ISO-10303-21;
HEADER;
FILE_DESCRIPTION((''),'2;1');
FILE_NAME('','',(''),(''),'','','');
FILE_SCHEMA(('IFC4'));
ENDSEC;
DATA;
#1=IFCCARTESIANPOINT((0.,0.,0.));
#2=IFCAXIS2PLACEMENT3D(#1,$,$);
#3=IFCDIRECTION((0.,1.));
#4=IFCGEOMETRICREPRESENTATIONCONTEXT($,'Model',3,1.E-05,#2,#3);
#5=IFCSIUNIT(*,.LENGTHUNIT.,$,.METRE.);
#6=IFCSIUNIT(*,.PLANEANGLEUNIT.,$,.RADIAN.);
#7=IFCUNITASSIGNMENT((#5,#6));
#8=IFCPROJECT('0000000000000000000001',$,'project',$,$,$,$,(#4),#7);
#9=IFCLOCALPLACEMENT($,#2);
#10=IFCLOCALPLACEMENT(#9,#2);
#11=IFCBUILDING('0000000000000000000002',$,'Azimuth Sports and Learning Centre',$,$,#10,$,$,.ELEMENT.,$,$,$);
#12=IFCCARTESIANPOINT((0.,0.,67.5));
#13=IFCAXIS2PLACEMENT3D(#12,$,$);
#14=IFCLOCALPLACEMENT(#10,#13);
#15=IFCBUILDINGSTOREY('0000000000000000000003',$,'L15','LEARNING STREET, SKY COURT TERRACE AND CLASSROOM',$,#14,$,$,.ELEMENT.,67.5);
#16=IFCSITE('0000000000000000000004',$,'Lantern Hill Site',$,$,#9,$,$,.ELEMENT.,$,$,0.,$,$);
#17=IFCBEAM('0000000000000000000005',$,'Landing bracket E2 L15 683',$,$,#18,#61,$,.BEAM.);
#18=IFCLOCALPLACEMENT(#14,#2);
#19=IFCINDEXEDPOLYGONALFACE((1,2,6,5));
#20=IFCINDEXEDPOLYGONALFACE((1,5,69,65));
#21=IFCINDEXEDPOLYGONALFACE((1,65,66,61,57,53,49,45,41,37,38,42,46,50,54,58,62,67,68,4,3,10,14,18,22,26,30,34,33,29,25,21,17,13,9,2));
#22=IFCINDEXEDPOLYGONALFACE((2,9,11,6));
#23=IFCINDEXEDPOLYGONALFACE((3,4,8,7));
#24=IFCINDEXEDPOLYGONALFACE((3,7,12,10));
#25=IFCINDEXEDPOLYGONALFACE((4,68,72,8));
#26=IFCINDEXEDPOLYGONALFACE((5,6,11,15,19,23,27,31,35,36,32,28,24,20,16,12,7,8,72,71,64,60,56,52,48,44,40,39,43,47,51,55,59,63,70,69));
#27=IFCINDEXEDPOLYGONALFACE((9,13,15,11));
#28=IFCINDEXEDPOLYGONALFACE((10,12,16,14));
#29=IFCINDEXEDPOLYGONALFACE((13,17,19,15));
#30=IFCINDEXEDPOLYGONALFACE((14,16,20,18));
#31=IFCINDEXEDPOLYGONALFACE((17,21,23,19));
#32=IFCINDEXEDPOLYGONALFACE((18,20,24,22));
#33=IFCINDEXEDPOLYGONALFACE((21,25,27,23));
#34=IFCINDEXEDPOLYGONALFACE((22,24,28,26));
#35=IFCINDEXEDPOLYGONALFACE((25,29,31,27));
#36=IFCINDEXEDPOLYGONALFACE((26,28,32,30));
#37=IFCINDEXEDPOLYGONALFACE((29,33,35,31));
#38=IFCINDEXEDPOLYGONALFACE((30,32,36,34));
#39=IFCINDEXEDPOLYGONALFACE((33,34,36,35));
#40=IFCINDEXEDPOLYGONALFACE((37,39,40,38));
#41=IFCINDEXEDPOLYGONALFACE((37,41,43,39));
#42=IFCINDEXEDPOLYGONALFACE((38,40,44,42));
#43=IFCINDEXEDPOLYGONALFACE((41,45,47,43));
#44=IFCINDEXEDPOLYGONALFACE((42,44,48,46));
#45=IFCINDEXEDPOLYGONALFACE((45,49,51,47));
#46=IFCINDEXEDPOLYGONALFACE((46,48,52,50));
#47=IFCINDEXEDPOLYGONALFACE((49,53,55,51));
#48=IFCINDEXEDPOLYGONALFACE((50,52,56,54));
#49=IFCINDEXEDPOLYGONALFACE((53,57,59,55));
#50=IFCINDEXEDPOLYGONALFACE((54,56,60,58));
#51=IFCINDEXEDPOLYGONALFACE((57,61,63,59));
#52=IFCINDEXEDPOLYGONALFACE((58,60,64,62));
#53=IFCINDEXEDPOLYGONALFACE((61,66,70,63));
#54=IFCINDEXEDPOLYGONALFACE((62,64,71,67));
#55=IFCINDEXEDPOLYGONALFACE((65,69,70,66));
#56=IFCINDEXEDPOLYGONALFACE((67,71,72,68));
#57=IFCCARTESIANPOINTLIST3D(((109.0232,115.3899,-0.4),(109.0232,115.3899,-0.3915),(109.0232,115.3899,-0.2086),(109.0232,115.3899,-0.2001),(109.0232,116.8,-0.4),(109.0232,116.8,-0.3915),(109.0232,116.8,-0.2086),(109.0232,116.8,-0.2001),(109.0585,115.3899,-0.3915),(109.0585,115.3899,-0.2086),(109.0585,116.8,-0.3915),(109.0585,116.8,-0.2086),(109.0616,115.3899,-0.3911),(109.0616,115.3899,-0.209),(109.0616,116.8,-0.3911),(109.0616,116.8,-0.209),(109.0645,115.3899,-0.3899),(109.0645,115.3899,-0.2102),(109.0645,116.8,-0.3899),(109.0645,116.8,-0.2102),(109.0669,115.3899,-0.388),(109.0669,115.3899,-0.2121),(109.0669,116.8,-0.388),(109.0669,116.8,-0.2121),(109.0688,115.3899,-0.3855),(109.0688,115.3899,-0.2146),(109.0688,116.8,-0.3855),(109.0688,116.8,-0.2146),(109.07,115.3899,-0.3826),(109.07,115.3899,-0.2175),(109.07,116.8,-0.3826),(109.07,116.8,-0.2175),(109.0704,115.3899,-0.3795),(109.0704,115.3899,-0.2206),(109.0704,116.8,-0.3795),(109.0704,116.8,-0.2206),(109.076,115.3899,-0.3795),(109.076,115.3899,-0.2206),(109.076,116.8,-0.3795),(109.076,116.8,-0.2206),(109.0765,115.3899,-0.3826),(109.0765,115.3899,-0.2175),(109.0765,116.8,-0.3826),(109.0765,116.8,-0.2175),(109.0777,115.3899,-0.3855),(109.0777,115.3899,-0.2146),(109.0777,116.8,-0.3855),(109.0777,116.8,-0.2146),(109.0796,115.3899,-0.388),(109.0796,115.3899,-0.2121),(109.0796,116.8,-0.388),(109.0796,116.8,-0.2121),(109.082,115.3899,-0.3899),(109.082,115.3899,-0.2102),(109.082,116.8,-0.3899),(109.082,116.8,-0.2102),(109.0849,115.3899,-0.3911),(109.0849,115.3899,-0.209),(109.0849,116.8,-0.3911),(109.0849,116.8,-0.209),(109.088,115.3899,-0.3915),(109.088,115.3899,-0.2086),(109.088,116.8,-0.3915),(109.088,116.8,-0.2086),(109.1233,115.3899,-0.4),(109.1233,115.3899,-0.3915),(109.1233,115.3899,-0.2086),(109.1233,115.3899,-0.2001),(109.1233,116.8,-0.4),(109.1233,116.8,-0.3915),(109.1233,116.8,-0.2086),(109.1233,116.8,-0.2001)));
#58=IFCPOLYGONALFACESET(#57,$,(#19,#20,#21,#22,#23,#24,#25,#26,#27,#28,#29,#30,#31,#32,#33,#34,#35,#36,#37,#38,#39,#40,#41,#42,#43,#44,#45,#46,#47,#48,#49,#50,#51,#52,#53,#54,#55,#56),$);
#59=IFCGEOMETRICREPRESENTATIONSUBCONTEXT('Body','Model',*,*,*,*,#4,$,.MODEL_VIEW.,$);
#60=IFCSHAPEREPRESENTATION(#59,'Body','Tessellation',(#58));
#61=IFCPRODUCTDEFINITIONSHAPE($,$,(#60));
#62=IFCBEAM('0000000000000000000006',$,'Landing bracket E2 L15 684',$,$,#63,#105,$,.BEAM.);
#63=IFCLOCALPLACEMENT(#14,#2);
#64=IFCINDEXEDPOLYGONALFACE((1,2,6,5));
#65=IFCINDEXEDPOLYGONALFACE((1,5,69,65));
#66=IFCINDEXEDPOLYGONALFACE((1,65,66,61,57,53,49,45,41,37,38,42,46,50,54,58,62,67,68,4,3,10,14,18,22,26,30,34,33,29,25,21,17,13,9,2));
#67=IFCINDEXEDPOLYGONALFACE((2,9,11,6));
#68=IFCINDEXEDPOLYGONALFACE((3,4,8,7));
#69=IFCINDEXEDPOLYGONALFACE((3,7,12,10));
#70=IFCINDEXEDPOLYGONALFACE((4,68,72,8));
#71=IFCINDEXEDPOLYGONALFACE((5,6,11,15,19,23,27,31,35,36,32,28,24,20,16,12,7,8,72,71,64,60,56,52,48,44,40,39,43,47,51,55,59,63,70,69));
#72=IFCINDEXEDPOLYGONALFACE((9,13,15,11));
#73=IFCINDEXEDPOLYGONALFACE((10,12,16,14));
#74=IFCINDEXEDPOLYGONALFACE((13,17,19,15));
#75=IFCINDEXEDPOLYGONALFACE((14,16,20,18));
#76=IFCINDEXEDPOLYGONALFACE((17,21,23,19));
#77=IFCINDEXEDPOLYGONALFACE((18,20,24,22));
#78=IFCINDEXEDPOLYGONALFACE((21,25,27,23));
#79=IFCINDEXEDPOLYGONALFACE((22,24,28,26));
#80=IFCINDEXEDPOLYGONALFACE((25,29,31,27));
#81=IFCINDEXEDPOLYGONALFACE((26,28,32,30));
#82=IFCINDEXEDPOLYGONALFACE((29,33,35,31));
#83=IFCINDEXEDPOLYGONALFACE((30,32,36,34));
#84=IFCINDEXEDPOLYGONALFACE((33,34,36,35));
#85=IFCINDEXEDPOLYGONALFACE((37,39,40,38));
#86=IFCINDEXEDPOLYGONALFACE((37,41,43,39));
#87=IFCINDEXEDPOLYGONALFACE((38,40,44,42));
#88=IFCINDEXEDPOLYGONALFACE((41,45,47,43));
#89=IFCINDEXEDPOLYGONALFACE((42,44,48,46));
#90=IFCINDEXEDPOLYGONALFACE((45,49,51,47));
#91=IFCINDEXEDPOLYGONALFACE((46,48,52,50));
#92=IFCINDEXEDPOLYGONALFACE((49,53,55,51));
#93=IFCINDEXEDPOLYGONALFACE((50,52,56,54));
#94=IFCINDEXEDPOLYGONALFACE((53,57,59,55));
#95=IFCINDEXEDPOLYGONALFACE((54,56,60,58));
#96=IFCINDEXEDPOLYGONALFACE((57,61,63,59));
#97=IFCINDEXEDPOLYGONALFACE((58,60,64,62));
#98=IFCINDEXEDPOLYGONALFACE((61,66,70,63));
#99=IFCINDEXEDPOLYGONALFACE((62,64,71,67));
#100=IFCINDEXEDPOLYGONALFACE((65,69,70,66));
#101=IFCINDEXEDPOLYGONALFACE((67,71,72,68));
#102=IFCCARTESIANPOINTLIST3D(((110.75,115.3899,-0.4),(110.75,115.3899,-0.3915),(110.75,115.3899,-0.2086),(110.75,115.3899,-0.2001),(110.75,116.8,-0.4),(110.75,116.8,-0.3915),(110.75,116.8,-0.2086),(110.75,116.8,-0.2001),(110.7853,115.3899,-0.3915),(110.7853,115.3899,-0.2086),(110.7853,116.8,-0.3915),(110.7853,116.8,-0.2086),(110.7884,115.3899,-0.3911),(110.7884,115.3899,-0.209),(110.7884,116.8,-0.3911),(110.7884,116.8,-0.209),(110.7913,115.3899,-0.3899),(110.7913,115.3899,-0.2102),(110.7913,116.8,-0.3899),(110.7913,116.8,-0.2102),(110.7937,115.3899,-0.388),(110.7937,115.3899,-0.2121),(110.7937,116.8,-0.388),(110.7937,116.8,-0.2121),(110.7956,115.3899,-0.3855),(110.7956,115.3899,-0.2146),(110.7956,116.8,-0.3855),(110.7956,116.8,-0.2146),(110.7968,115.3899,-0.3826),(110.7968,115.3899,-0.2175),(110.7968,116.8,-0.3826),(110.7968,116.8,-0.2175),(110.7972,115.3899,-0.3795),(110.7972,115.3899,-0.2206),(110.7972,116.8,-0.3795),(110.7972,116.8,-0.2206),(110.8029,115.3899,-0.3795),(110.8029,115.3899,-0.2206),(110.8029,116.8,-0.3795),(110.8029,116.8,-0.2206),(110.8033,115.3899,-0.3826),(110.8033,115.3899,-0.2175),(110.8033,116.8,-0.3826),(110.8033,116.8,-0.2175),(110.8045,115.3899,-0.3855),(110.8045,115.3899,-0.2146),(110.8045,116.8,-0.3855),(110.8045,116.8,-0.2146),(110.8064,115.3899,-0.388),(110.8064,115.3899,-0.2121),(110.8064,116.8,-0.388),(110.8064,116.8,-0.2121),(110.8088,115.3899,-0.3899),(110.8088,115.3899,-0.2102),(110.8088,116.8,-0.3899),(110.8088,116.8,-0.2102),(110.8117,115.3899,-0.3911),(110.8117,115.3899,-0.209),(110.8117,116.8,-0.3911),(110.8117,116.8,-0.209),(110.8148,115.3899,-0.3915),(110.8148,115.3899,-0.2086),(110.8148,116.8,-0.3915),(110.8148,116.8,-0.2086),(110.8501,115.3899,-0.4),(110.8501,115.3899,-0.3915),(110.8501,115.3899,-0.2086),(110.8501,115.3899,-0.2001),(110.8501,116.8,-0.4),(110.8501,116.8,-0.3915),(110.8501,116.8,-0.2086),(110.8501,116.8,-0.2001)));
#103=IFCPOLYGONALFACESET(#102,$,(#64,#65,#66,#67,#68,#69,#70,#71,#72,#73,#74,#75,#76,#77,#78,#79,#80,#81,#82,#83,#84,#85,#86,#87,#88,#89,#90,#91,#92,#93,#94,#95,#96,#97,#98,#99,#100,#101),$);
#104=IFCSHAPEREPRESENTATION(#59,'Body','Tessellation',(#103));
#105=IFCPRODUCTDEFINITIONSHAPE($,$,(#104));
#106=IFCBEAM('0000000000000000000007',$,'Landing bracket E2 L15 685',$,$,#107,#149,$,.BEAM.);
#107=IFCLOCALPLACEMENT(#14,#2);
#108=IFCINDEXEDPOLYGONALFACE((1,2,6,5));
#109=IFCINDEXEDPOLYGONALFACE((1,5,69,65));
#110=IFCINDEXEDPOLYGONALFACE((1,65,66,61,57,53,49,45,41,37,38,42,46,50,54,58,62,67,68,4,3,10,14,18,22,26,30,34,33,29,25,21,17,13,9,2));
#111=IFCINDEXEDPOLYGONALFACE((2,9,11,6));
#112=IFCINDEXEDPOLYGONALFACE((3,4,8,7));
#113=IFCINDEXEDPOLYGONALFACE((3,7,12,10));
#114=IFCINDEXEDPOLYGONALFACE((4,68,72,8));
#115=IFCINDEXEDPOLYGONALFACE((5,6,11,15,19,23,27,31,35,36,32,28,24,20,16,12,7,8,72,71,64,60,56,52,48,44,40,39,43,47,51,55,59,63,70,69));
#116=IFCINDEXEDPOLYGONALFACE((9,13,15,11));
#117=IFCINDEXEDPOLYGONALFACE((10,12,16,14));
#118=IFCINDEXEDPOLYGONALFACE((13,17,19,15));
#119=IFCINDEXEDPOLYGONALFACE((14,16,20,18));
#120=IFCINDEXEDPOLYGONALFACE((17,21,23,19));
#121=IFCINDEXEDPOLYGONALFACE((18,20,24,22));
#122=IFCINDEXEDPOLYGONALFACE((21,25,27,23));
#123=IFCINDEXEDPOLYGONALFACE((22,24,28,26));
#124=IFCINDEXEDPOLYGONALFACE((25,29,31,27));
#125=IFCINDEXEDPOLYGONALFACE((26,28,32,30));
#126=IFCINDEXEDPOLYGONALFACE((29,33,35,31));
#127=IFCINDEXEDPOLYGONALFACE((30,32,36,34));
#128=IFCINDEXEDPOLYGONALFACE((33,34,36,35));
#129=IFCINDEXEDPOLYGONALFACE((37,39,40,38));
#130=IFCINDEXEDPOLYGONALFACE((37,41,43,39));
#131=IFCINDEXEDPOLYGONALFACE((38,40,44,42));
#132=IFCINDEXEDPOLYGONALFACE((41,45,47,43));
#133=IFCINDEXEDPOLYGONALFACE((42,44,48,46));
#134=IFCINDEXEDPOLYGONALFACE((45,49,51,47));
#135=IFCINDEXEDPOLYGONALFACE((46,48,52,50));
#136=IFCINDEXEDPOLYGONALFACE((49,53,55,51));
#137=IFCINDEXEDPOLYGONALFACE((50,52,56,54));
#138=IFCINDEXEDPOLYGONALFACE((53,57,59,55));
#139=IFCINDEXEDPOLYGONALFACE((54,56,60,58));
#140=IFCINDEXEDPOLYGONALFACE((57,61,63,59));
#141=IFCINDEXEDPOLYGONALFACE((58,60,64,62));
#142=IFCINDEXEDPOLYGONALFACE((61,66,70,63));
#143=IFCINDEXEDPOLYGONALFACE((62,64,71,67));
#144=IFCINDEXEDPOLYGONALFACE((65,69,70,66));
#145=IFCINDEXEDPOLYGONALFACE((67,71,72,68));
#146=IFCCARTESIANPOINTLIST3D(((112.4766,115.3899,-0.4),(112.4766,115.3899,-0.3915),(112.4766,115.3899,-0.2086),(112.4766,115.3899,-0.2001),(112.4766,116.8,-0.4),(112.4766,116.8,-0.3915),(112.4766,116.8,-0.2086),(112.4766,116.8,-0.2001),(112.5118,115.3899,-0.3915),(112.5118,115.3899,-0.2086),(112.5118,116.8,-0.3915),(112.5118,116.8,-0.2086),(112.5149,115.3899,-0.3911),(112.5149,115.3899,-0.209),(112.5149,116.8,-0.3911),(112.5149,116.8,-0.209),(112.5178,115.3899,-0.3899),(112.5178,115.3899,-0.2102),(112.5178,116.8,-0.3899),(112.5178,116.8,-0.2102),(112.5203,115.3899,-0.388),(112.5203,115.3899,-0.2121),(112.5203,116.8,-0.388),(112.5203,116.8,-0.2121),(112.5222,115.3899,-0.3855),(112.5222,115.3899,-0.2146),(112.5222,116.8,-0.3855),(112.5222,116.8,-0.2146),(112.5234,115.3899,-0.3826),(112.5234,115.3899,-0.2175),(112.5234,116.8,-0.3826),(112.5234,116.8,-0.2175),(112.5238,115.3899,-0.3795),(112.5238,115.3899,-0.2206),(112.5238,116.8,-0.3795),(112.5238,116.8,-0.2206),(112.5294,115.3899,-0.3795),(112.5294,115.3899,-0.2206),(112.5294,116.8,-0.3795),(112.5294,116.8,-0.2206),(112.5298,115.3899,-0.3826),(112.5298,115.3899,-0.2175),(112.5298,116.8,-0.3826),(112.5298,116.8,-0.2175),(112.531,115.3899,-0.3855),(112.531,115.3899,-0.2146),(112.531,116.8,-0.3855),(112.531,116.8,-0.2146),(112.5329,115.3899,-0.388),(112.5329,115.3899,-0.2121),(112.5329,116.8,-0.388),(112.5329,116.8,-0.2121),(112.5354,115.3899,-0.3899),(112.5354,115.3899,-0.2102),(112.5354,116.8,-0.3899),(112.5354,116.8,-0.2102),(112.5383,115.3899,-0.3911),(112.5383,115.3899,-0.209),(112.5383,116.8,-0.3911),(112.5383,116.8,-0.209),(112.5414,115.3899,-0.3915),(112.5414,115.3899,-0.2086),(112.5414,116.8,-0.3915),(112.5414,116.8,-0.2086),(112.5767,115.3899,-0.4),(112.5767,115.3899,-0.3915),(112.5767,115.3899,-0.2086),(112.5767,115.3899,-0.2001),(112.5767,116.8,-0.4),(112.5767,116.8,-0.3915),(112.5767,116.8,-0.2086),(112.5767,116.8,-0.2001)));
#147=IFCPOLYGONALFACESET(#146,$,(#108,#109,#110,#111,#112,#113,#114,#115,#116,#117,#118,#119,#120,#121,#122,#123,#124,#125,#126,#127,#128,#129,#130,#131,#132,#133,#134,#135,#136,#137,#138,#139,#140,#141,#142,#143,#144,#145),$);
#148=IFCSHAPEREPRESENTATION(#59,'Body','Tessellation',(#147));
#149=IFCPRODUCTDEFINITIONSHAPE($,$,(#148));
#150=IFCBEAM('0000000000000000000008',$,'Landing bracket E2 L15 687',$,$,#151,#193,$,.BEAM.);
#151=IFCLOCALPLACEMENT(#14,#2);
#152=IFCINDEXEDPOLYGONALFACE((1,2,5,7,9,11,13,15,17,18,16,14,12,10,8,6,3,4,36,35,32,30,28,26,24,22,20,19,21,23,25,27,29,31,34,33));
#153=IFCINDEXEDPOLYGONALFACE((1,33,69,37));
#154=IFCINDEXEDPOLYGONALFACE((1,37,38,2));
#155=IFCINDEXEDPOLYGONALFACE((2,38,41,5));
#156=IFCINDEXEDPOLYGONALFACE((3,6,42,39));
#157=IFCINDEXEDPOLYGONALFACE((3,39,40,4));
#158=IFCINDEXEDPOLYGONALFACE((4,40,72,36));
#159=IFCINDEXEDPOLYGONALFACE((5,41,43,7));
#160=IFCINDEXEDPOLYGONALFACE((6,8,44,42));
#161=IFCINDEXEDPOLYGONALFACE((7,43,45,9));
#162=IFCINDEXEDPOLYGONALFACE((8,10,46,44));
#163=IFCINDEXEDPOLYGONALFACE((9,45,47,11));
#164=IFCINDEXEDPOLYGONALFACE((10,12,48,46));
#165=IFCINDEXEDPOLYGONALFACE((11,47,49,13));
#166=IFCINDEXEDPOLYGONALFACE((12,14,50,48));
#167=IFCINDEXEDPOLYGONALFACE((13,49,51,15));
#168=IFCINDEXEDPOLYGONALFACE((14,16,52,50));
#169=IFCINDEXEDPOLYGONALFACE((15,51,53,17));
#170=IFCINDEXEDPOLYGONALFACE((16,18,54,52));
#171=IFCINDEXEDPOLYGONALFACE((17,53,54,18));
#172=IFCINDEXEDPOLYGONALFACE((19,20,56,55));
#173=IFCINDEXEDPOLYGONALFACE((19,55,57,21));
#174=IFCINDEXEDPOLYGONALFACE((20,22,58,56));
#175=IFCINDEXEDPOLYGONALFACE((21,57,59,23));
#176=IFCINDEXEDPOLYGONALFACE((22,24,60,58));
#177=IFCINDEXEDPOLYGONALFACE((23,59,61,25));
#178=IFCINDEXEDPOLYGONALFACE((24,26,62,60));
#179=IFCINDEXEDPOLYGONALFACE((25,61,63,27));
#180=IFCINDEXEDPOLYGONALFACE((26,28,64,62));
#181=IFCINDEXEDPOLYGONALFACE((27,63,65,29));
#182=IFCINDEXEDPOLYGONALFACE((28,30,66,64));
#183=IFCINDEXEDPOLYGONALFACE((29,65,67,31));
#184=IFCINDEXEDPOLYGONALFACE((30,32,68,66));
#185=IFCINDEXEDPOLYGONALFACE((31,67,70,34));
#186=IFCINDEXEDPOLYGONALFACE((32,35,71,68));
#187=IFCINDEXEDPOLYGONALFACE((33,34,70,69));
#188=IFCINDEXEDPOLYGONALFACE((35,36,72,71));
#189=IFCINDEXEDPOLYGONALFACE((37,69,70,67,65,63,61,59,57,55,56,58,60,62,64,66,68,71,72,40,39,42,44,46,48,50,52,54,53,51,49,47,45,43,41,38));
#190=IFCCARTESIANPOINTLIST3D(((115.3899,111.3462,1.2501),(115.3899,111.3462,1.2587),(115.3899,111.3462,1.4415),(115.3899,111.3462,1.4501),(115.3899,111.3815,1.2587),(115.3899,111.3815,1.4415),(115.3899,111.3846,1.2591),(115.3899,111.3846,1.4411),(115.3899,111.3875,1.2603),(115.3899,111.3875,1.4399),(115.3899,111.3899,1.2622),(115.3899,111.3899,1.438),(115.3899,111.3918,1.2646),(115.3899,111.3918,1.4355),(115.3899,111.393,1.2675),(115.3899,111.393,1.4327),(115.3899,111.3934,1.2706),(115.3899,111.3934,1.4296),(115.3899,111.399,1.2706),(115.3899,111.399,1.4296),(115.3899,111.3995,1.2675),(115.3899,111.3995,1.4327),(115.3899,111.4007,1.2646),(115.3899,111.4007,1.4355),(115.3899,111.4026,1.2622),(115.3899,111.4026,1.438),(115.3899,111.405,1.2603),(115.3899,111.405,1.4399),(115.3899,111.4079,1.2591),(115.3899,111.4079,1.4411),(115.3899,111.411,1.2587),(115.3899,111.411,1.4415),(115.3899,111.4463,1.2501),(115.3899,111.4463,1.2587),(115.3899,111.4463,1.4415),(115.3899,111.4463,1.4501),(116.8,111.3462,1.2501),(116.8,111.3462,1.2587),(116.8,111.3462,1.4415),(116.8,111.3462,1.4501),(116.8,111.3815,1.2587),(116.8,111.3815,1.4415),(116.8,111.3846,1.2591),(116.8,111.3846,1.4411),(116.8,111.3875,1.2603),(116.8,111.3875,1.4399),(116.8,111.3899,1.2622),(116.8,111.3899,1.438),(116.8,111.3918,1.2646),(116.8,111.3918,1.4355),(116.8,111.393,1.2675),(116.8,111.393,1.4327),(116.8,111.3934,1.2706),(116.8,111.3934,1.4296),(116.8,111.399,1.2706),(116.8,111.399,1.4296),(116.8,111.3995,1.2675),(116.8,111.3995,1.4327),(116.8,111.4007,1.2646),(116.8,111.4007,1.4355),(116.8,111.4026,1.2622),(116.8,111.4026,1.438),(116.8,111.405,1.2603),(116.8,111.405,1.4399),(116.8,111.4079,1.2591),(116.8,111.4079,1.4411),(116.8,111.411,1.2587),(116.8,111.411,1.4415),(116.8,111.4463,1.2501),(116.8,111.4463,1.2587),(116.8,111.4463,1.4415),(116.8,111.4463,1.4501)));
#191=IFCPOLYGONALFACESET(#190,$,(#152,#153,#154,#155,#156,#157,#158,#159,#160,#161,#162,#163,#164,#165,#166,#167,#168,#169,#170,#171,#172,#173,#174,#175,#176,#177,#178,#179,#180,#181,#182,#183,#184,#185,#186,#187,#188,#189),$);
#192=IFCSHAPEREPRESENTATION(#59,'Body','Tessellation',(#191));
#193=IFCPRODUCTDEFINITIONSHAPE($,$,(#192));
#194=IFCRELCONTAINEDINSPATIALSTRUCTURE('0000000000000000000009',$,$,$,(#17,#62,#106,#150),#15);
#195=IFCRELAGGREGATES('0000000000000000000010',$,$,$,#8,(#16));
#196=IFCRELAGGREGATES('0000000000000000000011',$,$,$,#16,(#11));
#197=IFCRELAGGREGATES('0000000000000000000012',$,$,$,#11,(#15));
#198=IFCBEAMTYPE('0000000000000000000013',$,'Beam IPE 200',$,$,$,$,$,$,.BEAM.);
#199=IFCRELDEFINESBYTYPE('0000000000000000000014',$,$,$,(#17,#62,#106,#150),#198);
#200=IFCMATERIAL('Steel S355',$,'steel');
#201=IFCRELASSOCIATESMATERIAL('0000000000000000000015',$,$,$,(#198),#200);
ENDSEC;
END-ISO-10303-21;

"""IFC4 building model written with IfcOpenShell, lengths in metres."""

from ifc_helpers import new_model, si_unit, direction, frame, origin, origin_2d, place, context, subcontext, project, spatial, i_section, extrude, material, material_profile, profile_set, type_object, element, save


model = new_model("IFC4")

# Units and contexts
model_context = context("Model", 3, precision=1e-05, world=origin(), true_north=direction((0.0, 1.0)))
body_context = subcontext(model_context, "Body", "Model", "MODEL_VIEW")
ifc_project = project(units=[si_unit("LENGTHUNIT", "METRE"), si_unit("PLANEANGLEUNIT", "RADIAN")], contexts=[model_context])

# Site, building, storey
site_placement = place(None, origin())
site = spatial("IfcSite", under=ifc_project, at=site_placement, Name="Lantern Hill Site", CompositionType="ELEMENT", RefElevation=0.0)
building_placement = place(site_placement, origin())
building = spatial("IfcBuilding", under=site, at=building_placement, Name="Azimuth Sports and Learning Centre", CompositionType="ELEMENT")
storey_placement = place(building_placement, frame((0.0, 0.0, 67.5)))
storey = spatial("IfcBuildingStorey", under=building, at=storey_placement, Name="L15", Description="LEARNING STREET, SKY COURT TERRACE AND CLASSROOM", CompositionType="ELEMENT", Elevation=67.5)

# Beams
ifc_material_1 = material(Name="Steel S355", Category="steel")
ifc_material_profile_1 = material_profile(ifc_material_1, i_section(OverallWidth=0.1001, OverallDepth=0.2, WebThickness=0.0056, FlangeThickness=0.0085, FilletRadius=0.012, at=origin_2d()), Name="IPE 200")
ifc_profile_set_1 = profile_set([ifc_material_profile_1], Name="Steel S355")
beam_type_1 = type_object("IfcBeamType", Name="Beam IPE 200", PredefinedType="BEAM", material=ifc_profile_set_1)
for number, where, z_axis, x_axis, name in (
    (1, (109.0732, 116.8, -0.3), (0.0, -1.0, 0.0), (1.0, 0.0, 0.0), "Landing bracket E2 L15 683"),
    (2, (110.8, 116.8, -0.3), (0.0, -1.0, 0.0), (1.0, 0.0, 0.0), "Landing bracket E2 L15 684"),
    (3, (112.5266, 116.8, -0.3), (0.0, -1.0, 0.0), (1.0, 0.0, 0.0), "Landing bracket E2 L15 685"),
    (4, (116.8, 111.3962, 1.3501), (-1.0, 0.0, 0.0), (0.0, -1.0, 0.0), "Landing bracket E2 L15 687"),
):
    element("IfcBeam", number, at=place(storey_placement, frame(where, z_axis=z_axis, x_axis=x_axis)), inside=storey, type_object=beam_type_1, Name=name, PredefinedType="BEAM", context=body_context, shape_type="SweptSolid", body=[
        extrude(i_section(OverallWidth=0.1001, OverallDepth=0.2, WebThickness=0.0056, FlangeThickness=0.0085, FilletRadius=0.012, at=origin_2d()), origin(), (0.0, 0.0, 1.0), 1.4102),
    ])

save(model, "model.ifc")
